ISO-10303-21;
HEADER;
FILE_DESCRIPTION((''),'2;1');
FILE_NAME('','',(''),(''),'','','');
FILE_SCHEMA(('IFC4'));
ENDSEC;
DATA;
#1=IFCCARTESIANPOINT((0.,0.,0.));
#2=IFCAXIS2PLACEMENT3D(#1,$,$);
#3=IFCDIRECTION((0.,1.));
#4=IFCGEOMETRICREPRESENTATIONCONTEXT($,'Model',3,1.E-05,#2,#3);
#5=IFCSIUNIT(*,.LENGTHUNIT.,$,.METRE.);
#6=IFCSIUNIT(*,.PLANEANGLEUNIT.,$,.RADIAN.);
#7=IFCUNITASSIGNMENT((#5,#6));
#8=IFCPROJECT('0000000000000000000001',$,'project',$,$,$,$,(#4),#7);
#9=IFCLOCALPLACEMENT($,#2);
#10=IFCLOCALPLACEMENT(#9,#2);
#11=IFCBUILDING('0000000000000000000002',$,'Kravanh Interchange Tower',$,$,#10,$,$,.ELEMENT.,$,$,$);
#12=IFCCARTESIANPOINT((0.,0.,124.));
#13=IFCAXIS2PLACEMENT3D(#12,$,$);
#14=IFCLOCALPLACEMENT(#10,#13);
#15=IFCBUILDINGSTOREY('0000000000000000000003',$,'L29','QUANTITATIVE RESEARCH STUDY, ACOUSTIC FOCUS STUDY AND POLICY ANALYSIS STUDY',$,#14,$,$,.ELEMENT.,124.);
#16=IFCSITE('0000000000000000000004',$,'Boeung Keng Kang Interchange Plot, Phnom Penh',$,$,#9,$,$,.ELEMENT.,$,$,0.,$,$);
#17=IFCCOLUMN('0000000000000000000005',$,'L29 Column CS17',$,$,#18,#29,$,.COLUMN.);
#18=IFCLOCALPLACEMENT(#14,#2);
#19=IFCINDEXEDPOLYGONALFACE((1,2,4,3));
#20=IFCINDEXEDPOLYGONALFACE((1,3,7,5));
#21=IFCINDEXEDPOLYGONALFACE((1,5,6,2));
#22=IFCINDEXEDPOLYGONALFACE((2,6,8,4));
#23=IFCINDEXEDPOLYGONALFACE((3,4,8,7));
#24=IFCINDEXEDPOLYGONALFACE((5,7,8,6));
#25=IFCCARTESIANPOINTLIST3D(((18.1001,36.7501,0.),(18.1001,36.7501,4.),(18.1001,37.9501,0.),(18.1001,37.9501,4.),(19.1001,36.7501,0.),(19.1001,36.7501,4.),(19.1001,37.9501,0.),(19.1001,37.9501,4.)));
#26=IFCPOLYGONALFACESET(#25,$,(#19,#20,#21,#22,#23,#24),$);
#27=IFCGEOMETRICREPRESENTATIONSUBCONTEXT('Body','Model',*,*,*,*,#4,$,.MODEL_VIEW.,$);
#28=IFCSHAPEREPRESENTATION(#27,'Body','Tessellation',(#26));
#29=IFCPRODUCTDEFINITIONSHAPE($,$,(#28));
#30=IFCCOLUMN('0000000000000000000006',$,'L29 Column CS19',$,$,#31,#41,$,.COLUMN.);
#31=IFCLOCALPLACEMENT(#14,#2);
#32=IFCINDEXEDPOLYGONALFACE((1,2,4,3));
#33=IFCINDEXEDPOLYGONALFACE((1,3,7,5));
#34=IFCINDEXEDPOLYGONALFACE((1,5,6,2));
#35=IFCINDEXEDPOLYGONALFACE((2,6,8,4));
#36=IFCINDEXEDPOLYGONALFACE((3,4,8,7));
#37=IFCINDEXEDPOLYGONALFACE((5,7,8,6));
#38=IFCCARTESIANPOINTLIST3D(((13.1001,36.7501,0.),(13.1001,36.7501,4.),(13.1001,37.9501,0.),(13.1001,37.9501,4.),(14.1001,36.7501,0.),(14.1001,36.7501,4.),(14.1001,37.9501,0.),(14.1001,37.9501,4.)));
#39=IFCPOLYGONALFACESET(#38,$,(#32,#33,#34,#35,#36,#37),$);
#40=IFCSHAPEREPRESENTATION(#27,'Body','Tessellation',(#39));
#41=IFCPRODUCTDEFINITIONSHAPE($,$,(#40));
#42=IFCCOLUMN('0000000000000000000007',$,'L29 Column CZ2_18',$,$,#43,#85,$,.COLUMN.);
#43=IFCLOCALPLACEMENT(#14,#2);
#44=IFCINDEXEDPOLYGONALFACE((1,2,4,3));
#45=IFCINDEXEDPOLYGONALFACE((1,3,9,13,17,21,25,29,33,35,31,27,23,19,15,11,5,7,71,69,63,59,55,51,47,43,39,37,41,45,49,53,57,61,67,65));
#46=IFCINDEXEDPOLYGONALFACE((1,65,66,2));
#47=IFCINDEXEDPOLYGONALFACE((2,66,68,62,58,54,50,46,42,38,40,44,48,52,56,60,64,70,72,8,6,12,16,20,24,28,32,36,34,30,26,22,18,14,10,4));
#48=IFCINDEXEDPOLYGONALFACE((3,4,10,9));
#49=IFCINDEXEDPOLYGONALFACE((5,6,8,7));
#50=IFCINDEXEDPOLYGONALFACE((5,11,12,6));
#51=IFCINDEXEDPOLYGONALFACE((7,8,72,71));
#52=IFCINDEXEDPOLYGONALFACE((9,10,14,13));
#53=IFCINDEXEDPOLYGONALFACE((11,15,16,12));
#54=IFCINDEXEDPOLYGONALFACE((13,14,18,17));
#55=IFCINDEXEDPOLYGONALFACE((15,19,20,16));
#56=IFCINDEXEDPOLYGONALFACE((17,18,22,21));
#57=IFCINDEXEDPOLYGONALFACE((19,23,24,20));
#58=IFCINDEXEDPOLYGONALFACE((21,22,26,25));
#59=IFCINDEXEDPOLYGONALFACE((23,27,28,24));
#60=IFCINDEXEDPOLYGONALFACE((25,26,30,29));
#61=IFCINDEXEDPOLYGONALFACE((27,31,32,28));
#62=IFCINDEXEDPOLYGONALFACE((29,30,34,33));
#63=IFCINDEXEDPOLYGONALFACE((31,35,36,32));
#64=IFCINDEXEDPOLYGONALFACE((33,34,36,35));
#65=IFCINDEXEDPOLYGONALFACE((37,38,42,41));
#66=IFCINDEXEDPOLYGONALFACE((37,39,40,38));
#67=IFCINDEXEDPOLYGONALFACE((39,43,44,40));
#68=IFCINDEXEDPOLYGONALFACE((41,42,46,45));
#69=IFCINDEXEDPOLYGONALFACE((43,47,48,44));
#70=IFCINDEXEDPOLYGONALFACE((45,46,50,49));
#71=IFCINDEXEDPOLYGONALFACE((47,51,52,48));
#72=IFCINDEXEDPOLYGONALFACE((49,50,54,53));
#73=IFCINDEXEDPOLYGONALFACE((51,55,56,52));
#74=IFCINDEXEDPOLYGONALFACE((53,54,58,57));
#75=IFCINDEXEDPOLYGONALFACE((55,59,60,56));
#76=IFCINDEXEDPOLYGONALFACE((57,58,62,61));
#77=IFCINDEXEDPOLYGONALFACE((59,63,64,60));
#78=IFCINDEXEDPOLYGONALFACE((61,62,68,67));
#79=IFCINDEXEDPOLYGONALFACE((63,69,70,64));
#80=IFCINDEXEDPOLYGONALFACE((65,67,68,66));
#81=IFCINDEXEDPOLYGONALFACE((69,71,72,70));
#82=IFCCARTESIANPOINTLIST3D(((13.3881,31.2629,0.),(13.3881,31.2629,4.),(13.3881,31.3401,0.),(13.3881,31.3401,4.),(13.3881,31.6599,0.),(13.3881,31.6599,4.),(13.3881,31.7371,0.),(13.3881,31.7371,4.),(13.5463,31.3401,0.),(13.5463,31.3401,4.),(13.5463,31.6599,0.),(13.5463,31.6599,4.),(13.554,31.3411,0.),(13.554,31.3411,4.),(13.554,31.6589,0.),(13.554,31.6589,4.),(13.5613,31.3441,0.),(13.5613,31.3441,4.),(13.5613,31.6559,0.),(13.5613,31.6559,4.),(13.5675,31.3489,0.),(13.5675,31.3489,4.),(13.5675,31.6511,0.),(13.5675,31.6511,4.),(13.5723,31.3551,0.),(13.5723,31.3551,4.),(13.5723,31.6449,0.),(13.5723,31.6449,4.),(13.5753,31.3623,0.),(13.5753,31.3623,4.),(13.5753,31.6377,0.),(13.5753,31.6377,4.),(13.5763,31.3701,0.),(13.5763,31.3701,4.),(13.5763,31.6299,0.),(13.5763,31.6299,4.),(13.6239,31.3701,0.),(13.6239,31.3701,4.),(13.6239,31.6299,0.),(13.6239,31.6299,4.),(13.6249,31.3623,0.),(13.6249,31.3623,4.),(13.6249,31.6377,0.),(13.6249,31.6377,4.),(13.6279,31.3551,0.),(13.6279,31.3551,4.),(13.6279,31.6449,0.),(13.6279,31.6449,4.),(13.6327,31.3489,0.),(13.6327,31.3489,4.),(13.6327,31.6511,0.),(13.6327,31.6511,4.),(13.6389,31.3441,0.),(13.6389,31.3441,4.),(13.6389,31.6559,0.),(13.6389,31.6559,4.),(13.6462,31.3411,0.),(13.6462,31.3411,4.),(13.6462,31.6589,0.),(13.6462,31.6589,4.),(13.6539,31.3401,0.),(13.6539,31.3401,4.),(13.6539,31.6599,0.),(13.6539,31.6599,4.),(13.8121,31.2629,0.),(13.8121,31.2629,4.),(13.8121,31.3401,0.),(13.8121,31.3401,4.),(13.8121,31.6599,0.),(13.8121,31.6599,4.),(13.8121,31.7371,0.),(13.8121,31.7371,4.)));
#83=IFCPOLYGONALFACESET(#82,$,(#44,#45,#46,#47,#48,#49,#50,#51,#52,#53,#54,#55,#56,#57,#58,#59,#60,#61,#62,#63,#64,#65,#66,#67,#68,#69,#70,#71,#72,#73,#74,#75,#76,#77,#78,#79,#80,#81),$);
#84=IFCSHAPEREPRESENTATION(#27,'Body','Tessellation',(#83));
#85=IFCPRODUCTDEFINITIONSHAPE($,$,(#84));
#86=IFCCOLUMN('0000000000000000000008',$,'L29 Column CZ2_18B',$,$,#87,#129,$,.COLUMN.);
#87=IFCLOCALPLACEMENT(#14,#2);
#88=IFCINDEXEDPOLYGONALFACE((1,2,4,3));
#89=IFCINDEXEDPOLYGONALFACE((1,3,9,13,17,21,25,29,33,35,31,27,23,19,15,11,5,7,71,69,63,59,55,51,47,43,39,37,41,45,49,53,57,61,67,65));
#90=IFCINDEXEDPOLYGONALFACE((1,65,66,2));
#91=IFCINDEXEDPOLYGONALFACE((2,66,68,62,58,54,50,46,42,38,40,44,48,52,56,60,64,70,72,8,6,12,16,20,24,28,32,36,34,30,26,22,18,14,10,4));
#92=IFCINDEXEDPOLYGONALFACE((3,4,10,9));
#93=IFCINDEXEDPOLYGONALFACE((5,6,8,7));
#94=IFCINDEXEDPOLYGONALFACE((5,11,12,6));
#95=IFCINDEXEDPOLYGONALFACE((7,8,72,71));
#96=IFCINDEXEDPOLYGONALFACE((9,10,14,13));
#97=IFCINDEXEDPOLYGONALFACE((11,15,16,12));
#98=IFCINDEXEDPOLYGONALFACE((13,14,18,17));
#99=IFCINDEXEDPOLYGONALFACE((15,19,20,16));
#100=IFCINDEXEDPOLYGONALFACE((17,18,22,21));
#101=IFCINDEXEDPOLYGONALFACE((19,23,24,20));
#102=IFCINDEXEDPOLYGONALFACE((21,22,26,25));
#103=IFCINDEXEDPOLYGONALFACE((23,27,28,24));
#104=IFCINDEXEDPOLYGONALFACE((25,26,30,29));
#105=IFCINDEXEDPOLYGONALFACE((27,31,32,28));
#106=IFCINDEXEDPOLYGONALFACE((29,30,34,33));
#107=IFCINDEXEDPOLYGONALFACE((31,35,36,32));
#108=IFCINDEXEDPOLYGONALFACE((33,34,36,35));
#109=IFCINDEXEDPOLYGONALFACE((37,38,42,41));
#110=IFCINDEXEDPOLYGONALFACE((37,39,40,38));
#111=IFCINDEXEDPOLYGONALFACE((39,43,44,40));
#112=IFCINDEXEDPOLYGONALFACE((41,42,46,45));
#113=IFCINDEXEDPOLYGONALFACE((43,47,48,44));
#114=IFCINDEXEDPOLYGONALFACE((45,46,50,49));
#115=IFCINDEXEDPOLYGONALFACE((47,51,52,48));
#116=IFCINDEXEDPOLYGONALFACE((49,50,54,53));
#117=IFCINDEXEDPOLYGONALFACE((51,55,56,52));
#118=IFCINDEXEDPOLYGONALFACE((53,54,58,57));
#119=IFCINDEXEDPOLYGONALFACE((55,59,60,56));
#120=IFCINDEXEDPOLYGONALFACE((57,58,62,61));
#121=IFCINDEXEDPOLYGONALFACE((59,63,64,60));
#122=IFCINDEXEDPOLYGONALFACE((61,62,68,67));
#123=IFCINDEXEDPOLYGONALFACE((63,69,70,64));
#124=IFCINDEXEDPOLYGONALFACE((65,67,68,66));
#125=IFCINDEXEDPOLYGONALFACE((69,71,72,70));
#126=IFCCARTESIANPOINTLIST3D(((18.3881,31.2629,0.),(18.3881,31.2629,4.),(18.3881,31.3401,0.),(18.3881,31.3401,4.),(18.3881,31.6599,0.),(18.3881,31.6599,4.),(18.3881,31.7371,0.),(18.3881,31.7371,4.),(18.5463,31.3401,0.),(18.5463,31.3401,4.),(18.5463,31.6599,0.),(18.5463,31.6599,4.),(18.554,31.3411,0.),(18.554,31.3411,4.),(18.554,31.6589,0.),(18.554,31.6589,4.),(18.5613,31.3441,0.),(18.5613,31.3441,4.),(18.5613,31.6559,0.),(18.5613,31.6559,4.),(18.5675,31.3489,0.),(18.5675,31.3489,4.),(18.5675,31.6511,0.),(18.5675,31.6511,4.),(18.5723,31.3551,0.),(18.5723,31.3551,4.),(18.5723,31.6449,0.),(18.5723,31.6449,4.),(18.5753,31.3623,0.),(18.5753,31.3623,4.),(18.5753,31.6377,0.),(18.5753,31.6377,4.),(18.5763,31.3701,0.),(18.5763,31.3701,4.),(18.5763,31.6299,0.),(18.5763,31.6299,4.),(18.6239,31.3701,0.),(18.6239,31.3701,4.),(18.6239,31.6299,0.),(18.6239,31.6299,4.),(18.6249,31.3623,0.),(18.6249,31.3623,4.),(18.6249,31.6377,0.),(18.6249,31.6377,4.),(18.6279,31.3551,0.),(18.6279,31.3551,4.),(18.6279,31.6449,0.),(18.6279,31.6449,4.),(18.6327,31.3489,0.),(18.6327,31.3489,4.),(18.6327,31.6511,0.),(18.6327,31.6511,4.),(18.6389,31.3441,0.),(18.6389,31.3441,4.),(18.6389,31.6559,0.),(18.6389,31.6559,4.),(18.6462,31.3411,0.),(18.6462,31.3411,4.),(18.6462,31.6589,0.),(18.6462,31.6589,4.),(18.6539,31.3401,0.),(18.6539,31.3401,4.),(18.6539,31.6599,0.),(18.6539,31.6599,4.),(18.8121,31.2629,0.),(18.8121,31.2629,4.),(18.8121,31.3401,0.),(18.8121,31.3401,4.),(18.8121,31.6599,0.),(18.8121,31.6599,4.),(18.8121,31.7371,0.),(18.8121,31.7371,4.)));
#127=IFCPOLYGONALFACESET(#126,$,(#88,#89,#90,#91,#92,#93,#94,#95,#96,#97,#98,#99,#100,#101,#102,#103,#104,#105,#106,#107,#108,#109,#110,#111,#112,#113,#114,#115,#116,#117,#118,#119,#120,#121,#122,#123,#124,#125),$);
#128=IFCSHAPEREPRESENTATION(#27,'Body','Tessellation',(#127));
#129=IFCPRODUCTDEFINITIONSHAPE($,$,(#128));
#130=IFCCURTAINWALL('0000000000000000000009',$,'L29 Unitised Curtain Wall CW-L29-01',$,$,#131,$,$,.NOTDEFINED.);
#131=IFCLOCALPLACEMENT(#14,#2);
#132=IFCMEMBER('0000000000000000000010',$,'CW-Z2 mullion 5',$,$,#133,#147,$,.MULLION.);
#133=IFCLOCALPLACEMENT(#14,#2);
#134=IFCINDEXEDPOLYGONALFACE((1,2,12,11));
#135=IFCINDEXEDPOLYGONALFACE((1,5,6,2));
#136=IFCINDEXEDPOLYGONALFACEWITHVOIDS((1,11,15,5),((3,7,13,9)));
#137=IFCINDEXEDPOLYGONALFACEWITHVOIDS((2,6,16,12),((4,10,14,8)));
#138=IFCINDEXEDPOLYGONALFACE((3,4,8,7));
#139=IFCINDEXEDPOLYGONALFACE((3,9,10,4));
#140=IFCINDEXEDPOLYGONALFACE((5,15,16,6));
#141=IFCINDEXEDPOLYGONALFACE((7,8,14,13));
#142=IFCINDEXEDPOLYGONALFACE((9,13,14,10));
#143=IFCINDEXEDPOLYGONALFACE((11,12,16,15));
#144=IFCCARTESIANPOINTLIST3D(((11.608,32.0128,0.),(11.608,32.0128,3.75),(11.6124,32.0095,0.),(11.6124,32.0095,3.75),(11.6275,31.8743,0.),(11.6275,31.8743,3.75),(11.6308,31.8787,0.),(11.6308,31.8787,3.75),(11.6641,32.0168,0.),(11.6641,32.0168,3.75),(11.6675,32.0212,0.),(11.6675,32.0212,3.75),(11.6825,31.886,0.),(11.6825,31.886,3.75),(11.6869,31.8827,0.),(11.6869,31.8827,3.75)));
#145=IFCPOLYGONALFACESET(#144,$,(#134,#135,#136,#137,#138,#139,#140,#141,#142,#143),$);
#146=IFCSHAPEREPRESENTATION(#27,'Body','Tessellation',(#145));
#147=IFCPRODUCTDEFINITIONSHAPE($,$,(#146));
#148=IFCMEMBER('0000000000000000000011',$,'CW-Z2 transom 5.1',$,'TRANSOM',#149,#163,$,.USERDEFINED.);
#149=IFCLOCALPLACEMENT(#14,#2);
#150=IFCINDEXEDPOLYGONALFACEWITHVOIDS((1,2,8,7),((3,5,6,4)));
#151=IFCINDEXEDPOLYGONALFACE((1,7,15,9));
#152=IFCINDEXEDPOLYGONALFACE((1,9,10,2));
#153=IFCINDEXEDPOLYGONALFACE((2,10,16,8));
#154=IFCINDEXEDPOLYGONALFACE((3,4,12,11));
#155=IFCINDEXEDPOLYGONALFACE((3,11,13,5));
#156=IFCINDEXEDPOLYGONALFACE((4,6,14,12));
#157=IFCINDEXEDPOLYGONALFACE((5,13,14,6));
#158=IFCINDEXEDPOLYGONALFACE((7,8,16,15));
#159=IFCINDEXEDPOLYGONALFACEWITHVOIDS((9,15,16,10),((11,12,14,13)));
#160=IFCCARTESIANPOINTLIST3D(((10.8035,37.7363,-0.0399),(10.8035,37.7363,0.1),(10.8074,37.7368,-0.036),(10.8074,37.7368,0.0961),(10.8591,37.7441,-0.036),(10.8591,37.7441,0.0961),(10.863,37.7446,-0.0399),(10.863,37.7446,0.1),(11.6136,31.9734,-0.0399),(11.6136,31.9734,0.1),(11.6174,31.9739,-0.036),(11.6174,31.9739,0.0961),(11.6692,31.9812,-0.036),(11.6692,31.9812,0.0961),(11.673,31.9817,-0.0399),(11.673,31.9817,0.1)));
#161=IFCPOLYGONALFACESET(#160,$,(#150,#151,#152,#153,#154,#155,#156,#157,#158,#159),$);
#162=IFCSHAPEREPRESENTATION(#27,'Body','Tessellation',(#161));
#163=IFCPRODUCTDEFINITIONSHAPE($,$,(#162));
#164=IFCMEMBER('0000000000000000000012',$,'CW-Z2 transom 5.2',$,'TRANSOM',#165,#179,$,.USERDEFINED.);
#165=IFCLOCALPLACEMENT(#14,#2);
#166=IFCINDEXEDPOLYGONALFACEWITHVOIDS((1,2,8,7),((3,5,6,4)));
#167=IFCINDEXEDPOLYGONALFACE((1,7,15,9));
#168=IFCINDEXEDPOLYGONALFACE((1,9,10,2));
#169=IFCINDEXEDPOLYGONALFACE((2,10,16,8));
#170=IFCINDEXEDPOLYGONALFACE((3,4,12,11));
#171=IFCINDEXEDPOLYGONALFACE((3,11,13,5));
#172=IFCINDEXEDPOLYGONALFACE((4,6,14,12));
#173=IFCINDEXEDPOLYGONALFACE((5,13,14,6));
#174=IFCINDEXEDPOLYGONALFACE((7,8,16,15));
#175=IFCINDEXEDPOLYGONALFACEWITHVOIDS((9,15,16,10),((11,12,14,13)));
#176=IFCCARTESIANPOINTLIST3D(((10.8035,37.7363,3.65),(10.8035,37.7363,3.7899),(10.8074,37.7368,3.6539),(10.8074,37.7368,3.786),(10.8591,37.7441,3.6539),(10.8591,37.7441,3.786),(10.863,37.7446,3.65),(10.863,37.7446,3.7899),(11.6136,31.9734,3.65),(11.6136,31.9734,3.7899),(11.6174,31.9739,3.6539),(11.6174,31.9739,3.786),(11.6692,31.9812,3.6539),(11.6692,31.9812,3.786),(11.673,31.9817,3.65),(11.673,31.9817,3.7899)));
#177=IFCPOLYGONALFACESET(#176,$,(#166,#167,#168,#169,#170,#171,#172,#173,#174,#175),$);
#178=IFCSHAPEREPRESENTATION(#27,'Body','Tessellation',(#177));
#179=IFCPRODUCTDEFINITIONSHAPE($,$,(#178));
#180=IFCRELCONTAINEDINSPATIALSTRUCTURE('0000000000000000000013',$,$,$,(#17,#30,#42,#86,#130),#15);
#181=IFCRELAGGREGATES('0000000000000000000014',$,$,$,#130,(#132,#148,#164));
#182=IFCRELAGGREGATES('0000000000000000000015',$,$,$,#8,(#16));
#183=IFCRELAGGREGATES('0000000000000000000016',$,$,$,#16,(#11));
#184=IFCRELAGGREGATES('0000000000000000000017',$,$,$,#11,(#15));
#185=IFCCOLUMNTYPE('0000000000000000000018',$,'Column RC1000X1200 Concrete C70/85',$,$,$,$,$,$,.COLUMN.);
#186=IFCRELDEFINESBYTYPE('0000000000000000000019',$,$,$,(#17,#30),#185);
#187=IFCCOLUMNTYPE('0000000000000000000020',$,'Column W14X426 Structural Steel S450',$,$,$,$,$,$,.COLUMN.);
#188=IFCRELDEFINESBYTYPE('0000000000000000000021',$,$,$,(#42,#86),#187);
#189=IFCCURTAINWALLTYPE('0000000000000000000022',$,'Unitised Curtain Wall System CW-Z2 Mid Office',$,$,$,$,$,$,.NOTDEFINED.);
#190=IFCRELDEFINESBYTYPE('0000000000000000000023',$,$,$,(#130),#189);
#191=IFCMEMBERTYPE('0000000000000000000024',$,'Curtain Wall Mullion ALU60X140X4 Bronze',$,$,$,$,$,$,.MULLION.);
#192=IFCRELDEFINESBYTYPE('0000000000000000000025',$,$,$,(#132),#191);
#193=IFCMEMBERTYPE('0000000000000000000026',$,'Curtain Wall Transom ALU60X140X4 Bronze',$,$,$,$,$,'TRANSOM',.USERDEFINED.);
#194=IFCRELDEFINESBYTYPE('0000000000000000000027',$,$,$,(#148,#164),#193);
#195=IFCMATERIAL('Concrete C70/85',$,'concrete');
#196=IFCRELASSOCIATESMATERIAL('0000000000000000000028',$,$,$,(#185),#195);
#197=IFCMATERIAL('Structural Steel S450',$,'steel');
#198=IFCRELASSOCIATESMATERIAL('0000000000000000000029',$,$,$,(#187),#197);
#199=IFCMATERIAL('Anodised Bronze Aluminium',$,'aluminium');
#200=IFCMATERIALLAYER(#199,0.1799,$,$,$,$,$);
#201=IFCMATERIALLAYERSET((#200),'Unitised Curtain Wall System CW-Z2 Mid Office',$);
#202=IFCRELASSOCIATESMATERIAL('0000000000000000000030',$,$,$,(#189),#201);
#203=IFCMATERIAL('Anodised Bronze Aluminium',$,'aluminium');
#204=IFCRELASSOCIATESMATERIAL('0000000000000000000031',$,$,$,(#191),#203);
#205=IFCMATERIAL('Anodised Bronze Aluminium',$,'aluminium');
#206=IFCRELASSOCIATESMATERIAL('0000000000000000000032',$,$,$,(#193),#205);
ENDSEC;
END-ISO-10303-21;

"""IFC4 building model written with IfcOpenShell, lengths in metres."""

from ifc_helpers import new_model, si_unit, direction, frame, origin, origin_2d, place, context, subcontext, project, spatial, rectangle, hollow_rectangle, i_section, extrude, material, layer, layer_set, material_profile, profile_set, type_object, element, aggregate, save


model = new_model("IFC4")

# Units and contexts
model_context = context("Model", 3, precision=1e-05, world=origin(), true_north=direction((0.0, 1.0)))
body_context = subcontext(model_context, "Body", "Model", "MODEL_VIEW")
ifc_project = project(units=[si_unit("LENGTHUNIT", "METRE"), si_unit("PLANEANGLEUNIT", "RADIAN")], contexts=[model_context])

# Site, building, storey
site_placement = place(None, origin())
site = spatial("IfcSite", under=ifc_project, at=site_placement, Name="Boeung Keng Kang Interchange Plot, Phnom Penh", CompositionType="ELEMENT", RefElevation=0.0)
building_placement = place(site_placement, origin())
building = spatial("IfcBuilding", under=site, at=building_placement, Name="Kravanh Interchange Tower", CompositionType="ELEMENT")
storey_placement = place(building_placement, frame((0.0, 0.0, 124.0)))
storey = spatial("IfcBuildingStorey", under=building, at=storey_placement, Name="L29", Description="QUANTITATIVE RESEARCH STUDY, ACOUSTIC FOCUS STUDY AND POLICY ANALYSIS STUDY", CompositionType="ELEMENT", Elevation=124.0)

# Columns
ifc_material_1 = material(Name="Concrete C70/85", Category="concrete")
ifc_material_profile_1 = material_profile(ifc_material_1, rectangle(XDim=1.0, YDim=1.2, at=origin_2d()), Name="RC1000X1200")
ifc_profile_set_1 = profile_set([ifc_material_profile_1], Name="Concrete C70/85")
column_type_1 = type_object("IfcColumnType", Name="Column RC1000X1200 Concrete C70/85", PredefinedType="COLUMN", material=ifc_profile_set_1)
for number, where, z_axis, x_axis, name in (
    (1, (18.6001, 37.3501, 0.0), (0.0, 0.0, 1.0), (1.0, 0.0, 0.0), "L29 Column CS17"),
    (2, (13.6001, 37.3501, 0.0), (0.0, 0.0, 1.0), (1.0, 0.0, 0.0), "L29 Column CS19"),
):
    element("IfcColumn", number, at=place(storey_placement, frame(where, z_axis=z_axis, x_axis=x_axis)), inside=storey, type_object=column_type_1, Name=name, PredefinedType="COLUMN", context=body_context, shape_type="SweptSolid", body=[
        extrude(rectangle(XDim=1.0, YDim=1.2, at=origin_2d()), origin(), (0.0, 0.0, 1.0), 4.0),
    ])
ifc_material_2 = material(Name="Structural Steel S450", Category="steel")
ifc_material_profile_2 = material_profile(ifc_material_2, i_section(OverallWidth=0.4241, OverallDepth=0.4741, WebThickness=0.0476, FlangeThickness=0.0771, FilletRadius=0.03, at=origin_2d()), Name="W14X426")
ifc_profile_set_2 = profile_set([ifc_material_profile_2], Name="Structural Steel S450")
column_type_2 = type_object("IfcColumnType", Name="Column W14X426 Structural Steel S450", PredefinedType="COLUMN", material=ifc_profile_set_2)
for number, where, z_axis, x_axis, name in (
    (3, (13.6001, 31.5, 0.0), (0.0, 0.0, 1.0), (1.0, 0.0, 0.0), "L29 Column CZ2_18"),
    (4, (18.6001, 31.5, 0.0), (0.0, 0.0, 1.0), (1.0, 0.0, 0.0), "L29 Column CZ2_18B"),
):
    element("IfcColumn", number, at=place(storey_placement, frame(where, z_axis=z_axis, x_axis=x_axis)), inside=storey, type_object=column_type_2, Name=name, PredefinedType="COLUMN", context=body_context, shape_type="SweptSolid", body=[
        extrude(i_section(OverallWidth=0.4241, OverallDepth=0.4741, WebThickness=0.0476, FlangeThickness=0.0771, FilletRadius=0.03, at=origin_2d()), origin(), (0.0, 0.0, 1.0), 4.0),
    ])

# Curtain wall, members
ifc_material_3 = material(Name="Anodised Bronze Aluminium", Category="aluminium")
ifc_layer_1 = layer(ifc_material_3, 0.1799)
ifc_layer_set_1 = layer_set([ifc_layer_1], Name="Unitised Curtain Wall System CW-Z2 Mid Office")
curtain_wall_type = type_object("IfcCurtainWallType", Name="Unitised Curtain Wall System CW-Z2 Mid Office", PredefinedType="NOTDEFINED", material=ifc_layer_set_1)
curtain_wall_placement = place(storey_placement, origin())
curtain_wall = element("IfcCurtainWall", 5, at=curtain_wall_placement, inside=storey, type_object=curtain_wall_type, Name="L29 Unitised Curtain Wall CW-L29-01", PredefinedType="NOTDEFINED")
ifc_material_4 = material(Name="Anodised Bronze Aluminium", Category="aluminium")
ifc_material_profile_3 = material_profile(ifc_material_4, hollow_rectangle(XDim=0.0601, YDim=0.1399, WallThickness=0.0039, at=origin_2d()), Name="ALU60X140X4")
ifc_profile_set_3 = profile_set([ifc_material_profile_3], Name="Anodised Bronze Aluminium")
member_type_1 = type_object("IfcMemberType", Name="Curtain Wall Mullion ALU60X140X4 Bronze", PredefinedType="MULLION", material=ifc_profile_set_3)
member_1_placement = place(storey_placement, frame((11.6475, 31.9478, 0.0), z_axis=(0.0, 0.0, 1.0), x_axis=(-0.990268, -0.139173, 0.0)))
member_1 = element("IfcMember", 6, at=member_1_placement, type_object=member_type_1, Name="CW-Z2 mullion 5", PredefinedType="MULLION", context=body_context, shape_type="SweptSolid", body=[
    extrude(hollow_rectangle(XDim=0.0601, YDim=0.1399, WallThickness=0.0039, at=origin_2d()), origin(), (0.0, 0.0, 1.0), 3.75),
])
ifc_material_5 = material(Name="Anodised Bronze Aluminium", Category="aluminium")
ifc_material_profile_4 = material_profile(ifc_material_5, hollow_rectangle(XDim=0.0601, YDim=0.1399, WallThickness=0.0039, at=origin_2d()), Name="ALU60X140X4")
ifc_profile_set_4 = profile_set([ifc_material_profile_4], Name="Anodised Bronze Aluminium")
member_type_2 = type_object("IfcMemberType", Name="Curtain Wall Transom ALU60X140X4 Bronze", ElementType="TRANSOM", PredefinedType="USERDEFINED", material=ifc_profile_set_4)
member_2_placement = place(storey_placement, frame((11.6433, 31.9775, 0.03), z_axis=(-0.139195, 0.990265, 0.0), x_axis=(-0.990265, -0.139195, 0.0)))
member_2 = element("IfcMember", 7, at=member_2_placement, type_object=member_type_2, Name="CW-Z2 transom 5.1", ObjectType="TRANSOM", PredefinedType="USERDEFINED", context=body_context, shape_type="SweptSolid", body=[
    extrude(hollow_rectangle(XDim=0.0601, YDim=0.1399, WallThickness=0.0039, at=origin_2d()), origin(), (0.0, 0.0, 1.0), 5.8196),
])
member_3_placement = place(storey_placement, frame((11.6433, 31.9775, 3.72), z_axis=(-0.139195, 0.990265, 0.0), x_axis=(-0.990265, -0.139195, 0.0)))
member_3 = element("IfcMember", 8, at=member_3_placement, type_object=member_type_2, Name="CW-Z2 transom 5.2", ObjectType="TRANSOM", PredefinedType="USERDEFINED", context=body_context, shape_type="SweptSolid", body=[
    extrude(hollow_rectangle(XDim=0.0601, YDim=0.1399, WallThickness=0.0039, at=origin_2d()), origin(), (0.0, 0.0, 1.0), 5.8196),
])

aggregate(curtain_wall, [member_1, member_2, member_3])

save(model, "model.ifc")
